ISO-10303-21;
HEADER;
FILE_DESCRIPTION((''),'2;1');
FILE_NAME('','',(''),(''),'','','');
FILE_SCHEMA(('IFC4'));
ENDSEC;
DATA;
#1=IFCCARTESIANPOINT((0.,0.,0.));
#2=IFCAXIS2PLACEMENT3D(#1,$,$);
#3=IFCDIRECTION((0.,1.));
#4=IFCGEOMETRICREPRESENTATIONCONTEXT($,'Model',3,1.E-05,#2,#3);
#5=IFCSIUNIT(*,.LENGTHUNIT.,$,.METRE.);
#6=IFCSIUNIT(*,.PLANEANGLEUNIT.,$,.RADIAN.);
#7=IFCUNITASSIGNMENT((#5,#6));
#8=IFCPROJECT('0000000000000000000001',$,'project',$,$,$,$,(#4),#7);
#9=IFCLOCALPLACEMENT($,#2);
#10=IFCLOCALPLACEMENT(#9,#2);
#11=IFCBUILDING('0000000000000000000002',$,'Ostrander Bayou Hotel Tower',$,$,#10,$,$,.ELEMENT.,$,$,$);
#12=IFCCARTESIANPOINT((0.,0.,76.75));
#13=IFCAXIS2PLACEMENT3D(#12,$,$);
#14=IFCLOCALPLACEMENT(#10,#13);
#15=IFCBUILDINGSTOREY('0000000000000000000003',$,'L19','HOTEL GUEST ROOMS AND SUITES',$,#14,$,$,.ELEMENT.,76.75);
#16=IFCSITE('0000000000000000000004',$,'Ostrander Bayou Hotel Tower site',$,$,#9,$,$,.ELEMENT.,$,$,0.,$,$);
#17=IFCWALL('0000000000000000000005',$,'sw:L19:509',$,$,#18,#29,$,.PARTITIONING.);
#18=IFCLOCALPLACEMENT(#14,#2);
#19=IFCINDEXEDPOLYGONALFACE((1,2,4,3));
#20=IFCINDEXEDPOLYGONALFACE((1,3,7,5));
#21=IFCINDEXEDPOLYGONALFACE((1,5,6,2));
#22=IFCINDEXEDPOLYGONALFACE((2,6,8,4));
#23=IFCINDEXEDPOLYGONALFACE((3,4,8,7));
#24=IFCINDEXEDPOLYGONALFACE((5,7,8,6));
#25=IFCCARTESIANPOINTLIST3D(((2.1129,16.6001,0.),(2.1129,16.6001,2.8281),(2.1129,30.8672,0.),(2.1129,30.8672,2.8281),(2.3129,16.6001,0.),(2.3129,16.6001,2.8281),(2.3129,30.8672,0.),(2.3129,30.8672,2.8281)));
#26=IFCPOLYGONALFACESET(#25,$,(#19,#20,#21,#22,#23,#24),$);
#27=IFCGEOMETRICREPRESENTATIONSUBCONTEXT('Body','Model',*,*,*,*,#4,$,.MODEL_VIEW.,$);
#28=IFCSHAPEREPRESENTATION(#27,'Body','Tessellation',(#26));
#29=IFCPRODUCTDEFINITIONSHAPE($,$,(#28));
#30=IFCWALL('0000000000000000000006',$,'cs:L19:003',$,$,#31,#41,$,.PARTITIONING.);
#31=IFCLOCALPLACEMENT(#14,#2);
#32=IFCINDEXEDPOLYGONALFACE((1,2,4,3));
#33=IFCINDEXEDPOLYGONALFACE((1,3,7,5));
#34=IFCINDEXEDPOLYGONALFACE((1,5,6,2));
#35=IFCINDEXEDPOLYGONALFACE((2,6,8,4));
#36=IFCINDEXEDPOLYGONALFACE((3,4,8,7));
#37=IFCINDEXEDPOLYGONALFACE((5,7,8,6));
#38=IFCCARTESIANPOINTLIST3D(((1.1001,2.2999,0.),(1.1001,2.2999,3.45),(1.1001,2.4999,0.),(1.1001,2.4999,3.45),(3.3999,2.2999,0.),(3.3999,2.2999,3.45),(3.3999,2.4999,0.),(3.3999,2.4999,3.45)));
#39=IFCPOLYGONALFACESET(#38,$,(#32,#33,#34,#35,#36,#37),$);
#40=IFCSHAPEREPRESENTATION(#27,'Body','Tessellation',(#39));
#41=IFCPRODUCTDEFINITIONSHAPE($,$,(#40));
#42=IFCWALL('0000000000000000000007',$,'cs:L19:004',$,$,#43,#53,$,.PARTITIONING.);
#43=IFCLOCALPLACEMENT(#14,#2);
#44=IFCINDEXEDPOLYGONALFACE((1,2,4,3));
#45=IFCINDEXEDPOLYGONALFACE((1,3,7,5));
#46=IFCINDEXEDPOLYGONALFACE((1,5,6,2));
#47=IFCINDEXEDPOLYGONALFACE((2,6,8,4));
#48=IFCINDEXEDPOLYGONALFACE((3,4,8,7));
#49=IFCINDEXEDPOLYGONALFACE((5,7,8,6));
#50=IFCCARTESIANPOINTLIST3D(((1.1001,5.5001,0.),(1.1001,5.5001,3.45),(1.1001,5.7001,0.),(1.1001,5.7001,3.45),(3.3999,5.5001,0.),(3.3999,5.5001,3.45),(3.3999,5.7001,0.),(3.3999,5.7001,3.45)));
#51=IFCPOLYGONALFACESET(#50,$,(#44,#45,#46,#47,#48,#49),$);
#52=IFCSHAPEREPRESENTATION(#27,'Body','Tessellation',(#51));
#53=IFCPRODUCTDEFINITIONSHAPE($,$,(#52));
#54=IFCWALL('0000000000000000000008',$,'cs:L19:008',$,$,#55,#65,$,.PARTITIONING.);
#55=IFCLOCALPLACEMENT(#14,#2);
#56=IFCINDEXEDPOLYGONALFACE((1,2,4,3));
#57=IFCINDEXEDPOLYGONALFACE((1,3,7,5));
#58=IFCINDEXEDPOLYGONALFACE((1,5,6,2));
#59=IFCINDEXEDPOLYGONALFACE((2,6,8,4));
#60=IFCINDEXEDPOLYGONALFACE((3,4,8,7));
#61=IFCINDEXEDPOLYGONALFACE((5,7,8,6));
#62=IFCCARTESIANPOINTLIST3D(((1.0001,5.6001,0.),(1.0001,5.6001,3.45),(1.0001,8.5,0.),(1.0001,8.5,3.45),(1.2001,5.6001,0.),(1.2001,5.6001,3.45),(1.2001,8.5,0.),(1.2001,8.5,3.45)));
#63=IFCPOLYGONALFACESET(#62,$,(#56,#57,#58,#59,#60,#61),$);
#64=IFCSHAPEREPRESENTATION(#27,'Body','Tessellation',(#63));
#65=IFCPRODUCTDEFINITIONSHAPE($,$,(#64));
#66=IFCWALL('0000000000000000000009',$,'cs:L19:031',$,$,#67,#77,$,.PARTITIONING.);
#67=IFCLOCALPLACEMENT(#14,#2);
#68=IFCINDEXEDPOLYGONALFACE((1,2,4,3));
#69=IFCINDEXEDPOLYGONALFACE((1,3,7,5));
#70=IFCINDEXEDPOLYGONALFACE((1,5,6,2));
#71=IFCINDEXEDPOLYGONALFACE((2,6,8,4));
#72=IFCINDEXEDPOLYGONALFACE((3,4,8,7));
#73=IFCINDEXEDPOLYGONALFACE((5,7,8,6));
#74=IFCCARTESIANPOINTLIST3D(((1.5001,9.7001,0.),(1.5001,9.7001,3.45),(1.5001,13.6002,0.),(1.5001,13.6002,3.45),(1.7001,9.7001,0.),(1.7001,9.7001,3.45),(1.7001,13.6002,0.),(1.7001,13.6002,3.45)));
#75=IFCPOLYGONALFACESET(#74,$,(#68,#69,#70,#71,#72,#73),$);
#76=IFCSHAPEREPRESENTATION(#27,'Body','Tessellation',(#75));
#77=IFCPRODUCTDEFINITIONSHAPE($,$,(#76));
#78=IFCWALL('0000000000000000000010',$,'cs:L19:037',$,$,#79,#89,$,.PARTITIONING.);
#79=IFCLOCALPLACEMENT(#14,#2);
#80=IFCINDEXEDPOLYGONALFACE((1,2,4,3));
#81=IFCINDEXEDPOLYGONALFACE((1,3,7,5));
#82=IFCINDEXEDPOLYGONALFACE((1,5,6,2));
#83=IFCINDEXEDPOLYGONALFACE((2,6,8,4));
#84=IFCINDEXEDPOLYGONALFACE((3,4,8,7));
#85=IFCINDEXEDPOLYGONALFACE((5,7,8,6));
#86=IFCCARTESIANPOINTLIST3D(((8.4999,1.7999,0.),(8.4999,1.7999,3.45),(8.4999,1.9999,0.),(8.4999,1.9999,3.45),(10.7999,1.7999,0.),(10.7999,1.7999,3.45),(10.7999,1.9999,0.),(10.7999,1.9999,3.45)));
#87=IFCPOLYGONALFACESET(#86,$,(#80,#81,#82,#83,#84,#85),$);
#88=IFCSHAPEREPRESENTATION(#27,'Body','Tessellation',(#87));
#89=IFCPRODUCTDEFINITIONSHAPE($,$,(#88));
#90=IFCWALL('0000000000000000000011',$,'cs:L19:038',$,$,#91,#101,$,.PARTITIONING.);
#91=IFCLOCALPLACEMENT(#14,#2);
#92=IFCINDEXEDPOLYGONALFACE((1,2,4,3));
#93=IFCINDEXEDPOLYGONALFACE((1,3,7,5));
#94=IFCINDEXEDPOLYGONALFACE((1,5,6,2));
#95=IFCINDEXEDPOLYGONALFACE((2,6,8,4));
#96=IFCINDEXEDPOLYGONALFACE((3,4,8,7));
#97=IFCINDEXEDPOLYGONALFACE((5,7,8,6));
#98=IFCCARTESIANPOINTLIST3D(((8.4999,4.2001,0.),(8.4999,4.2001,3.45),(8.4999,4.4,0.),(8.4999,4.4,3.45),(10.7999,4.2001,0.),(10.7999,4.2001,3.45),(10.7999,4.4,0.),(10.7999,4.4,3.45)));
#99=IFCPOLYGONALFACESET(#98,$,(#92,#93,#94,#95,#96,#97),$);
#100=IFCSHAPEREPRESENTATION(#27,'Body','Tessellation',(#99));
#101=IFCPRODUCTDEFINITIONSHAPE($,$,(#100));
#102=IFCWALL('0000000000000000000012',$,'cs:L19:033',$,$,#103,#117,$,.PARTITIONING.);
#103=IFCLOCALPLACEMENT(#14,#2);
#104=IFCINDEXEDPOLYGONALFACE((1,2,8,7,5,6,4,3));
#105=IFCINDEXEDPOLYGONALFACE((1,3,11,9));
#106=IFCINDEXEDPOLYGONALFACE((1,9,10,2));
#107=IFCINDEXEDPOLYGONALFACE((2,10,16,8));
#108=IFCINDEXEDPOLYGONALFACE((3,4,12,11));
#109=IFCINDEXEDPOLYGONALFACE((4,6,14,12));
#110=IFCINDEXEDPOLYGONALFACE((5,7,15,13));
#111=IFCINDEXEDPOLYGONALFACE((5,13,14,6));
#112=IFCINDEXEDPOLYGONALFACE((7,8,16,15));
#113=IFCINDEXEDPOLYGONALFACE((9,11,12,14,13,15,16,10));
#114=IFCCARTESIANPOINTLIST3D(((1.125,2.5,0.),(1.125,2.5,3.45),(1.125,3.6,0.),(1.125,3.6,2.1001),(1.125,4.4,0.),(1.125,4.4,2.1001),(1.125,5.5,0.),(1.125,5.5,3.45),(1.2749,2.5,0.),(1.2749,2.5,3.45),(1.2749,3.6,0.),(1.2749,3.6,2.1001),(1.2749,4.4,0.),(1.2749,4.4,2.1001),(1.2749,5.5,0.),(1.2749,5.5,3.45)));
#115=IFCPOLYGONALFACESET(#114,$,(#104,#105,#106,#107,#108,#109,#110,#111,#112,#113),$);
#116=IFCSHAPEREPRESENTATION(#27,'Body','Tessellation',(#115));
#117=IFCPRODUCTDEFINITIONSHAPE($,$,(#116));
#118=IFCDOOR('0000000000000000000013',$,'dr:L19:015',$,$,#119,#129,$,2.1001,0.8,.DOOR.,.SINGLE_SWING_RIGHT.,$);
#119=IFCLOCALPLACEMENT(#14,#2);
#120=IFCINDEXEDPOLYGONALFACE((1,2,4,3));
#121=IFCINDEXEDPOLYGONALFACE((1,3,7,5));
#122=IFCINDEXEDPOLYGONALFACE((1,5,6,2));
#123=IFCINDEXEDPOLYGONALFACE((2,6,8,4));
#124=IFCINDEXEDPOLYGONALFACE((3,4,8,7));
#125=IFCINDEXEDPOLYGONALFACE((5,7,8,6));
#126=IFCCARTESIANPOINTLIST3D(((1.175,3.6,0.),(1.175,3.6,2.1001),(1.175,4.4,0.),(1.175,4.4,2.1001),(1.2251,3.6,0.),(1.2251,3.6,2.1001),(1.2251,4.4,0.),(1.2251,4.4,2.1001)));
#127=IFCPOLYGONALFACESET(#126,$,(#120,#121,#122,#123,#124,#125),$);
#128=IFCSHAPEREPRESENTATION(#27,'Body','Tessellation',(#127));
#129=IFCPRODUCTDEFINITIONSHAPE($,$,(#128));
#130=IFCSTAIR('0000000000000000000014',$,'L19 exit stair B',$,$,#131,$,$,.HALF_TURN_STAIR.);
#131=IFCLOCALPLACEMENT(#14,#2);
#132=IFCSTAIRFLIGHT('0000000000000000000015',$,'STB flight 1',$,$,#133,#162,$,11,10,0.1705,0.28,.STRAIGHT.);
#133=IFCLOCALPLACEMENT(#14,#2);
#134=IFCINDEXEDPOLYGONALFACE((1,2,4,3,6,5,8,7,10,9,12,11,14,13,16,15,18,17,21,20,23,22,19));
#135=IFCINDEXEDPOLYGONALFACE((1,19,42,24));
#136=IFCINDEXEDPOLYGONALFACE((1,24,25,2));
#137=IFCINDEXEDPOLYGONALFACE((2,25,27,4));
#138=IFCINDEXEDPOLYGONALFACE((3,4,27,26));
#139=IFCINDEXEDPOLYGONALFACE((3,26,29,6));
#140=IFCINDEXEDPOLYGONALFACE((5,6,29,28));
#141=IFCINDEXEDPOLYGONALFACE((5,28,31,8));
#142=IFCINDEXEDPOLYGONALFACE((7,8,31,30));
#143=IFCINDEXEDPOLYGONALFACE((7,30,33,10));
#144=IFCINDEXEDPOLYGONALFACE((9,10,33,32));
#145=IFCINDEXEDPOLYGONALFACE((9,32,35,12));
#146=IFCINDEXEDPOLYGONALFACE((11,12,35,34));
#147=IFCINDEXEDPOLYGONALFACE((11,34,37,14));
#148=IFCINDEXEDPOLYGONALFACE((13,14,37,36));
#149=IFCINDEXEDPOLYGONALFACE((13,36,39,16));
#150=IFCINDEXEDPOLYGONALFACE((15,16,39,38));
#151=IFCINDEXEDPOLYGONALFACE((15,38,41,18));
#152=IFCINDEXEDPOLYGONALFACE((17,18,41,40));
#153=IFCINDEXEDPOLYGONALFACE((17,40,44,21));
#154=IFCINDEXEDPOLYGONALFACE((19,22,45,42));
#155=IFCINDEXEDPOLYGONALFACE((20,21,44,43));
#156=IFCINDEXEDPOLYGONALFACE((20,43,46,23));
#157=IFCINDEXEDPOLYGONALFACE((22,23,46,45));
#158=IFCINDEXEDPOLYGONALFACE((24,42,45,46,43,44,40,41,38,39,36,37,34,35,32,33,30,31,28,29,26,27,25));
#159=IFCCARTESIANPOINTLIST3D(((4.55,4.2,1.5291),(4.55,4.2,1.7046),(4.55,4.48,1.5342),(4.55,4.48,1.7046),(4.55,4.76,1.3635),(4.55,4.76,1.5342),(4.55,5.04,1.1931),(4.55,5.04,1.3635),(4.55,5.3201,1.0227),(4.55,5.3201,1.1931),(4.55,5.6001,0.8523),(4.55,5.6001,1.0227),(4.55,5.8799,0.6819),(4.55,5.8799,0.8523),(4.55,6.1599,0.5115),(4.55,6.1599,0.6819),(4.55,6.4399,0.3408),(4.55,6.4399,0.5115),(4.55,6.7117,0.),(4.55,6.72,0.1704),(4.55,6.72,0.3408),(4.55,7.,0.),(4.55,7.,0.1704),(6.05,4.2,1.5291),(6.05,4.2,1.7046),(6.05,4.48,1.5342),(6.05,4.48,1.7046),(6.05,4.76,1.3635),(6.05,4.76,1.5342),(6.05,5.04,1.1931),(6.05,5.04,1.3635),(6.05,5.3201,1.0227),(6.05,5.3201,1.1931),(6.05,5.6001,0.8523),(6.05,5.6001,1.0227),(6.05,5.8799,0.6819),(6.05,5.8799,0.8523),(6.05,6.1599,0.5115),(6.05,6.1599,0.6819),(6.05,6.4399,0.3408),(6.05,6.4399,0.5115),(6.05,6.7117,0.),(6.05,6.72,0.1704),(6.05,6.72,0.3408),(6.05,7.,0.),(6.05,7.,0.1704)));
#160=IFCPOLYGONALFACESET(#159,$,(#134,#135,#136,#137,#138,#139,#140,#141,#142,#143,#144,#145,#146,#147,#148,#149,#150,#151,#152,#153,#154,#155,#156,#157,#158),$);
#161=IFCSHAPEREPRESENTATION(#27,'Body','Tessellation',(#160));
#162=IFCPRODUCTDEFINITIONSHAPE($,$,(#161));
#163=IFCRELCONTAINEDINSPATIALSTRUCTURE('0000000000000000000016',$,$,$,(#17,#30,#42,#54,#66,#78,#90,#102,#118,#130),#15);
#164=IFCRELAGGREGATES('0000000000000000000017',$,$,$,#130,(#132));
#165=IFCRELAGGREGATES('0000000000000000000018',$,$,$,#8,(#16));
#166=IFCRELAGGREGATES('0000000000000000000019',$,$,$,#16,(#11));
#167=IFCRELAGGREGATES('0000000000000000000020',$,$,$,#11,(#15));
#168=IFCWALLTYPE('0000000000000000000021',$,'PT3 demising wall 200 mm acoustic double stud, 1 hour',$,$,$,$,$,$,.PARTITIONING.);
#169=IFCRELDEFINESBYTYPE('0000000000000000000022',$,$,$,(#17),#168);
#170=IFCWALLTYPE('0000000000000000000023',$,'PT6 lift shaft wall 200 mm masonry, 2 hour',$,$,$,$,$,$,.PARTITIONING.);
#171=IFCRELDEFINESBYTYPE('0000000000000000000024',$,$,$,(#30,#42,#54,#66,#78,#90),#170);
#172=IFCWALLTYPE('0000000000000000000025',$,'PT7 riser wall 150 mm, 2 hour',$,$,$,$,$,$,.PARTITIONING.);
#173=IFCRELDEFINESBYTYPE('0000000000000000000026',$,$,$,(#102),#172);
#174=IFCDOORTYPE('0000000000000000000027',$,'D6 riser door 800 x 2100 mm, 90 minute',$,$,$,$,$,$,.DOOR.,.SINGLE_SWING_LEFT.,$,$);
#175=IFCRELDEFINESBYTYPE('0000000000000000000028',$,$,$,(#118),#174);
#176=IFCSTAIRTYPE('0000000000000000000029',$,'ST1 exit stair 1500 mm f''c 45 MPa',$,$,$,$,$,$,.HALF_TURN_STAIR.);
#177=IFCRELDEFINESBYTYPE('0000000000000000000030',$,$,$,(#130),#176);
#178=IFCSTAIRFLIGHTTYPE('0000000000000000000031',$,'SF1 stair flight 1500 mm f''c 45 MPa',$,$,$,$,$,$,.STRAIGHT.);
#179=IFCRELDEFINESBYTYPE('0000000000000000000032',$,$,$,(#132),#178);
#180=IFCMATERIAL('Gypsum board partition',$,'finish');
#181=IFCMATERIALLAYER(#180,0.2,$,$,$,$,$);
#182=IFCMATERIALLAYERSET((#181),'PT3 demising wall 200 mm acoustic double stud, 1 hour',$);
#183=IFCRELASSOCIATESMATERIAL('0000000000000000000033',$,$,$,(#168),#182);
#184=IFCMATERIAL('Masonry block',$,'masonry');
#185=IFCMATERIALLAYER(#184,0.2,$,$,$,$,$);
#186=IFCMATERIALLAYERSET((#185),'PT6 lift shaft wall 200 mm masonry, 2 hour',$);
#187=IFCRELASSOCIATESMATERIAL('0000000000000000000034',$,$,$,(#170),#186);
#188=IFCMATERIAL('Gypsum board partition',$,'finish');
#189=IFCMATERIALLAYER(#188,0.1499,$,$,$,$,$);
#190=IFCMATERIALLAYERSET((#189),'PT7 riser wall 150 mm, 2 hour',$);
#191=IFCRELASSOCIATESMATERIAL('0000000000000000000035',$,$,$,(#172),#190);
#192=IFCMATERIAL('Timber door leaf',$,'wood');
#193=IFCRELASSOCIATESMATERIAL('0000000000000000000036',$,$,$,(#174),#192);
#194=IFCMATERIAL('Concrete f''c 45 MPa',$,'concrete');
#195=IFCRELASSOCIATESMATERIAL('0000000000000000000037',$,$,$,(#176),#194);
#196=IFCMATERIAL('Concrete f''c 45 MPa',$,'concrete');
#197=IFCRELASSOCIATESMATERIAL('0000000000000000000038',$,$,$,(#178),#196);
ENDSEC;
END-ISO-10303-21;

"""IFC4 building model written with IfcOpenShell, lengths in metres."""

from ifc_helpers import new_model, si_unit, direction, frame, frame_2d, origin, place, context, subcontext, project, spatial, polyline, rectangle, outline, extrude, material, layer, layer_set, type_object, element, fill, aggregate, save


model = new_model("IFC4")

# Units and contexts
model_context = context("Model", 3, precision=1e-05, world=origin(), true_north=direction((0.0, 1.0)))
body_context = subcontext(model_context, "Body", "Model", "MODEL_VIEW")
ifc_project = project(units=[si_unit("LENGTHUNIT", "METRE"), si_unit("PLANEANGLEUNIT", "RADIAN")], contexts=[model_context])

# Site, building, storey
site_placement = place(None, origin())
site = spatial("IfcSite", under=ifc_project, at=site_placement, Name="Ostrander Bayou Hotel Tower site", CompositionType="ELEMENT", RefElevation=0.0)
building_placement = place(site_placement, origin())
building = spatial("IfcBuilding", under=site, at=building_placement, Name="Ostrander Bayou Hotel Tower", CompositionType="ELEMENT")
storey_placement = place(building_placement, frame((0.0, 0.0, 76.75)))
storey = spatial("IfcBuildingStorey", under=building, at=storey_placement, Name="L19", Description="HOTEL GUEST ROOMS AND SUITES", CompositionType="ELEMENT", Elevation=76.75)

# Wall
ifc_material_1 = material(Name="Gypsum board partition", Category="finish")
ifc_layer_1 = layer(ifc_material_1, 0.2)
ifc_layer_set_1 = layer_set([ifc_layer_1], Name="PT3 demising wall 200 mm acoustic double stud, 1 hour")
wall_type_1 = type_object("IfcWallType", Name="PT3 demising wall 200 mm acoustic double stud, 1 hour", PredefinedType="PARTITIONING", material=ifc_layer_set_1)
wall_1_placement = place(storey_placement, frame((2.2129, 16.6001, 0.0), z_axis=(0.0, 0.0, 1.0), x_axis=(0.0, 1.0, 0.0)))
element("IfcWall", 1, at=wall_1_placement, inside=storey, type_object=wall_type_1, Name="sw:L19:509", PredefinedType="PARTITIONING", context=body_context, shape_type="SweptSolid", body=[
    extrude(rectangle(XDim=14.2671, YDim=0.2, at=frame_2d((7.1335, 0.0))), origin(), (0.0, 0.0, 1.0), 2.8281),
])

# Walls
ifc_material_2 = material(Name="Masonry block", Category="masonry")
ifc_layer_2 = layer(ifc_material_2, 0.2)
ifc_layer_set_2 = layer_set([ifc_layer_2], Name="PT6 lift shaft wall 200 mm masonry, 2 hour")
wall_type_2 = type_object("IfcWallType", Name="PT6 lift shaft wall 200 mm masonry, 2 hour", PredefinedType="PARTITIONING", material=ifc_layer_set_2)
for number, where, z_axis, x_axis, name in (
    (2, (1.1001, 2.3999, 0.0), (0.0, 0.0, 1.0), (1.0, 0.0, 0.0), "cs:L19:003"),
    (3, (1.1001, 5.6001, 0.0), (0.0, 0.0, 1.0), (1.0, 0.0, 0.0), "cs:L19:004"),
):
    element("IfcWall", number, at=place(storey_placement, frame(where, z_axis=z_axis, x_axis=x_axis)), inside=storey, type_object=wall_type_2, Name=name, PredefinedType="PARTITIONING", context=body_context, shape_type="SweptSolid", body=[
        extrude(rectangle(XDim=2.2998, YDim=0.2, at=frame_2d((1.1499, 0.0))), origin(), (0.0, 0.0, 1.0), 3.45),
    ])
wall_2_placement = place(storey_placement, frame((1.1001, 5.6001, 0.0), z_axis=(0.0, 0.0, 1.0), x_axis=(0.0, 1.0, 0.0)))
element("IfcWall", 4, at=wall_2_placement, inside=storey, type_object=wall_type_2, Name="cs:L19:008", PredefinedType="PARTITIONING", context=body_context, shape_type="SweptSolid", body=[
    extrude(rectangle(XDim=2.8999, YDim=0.2, at=frame_2d((1.45, 0.0))), origin(), (0.0, 0.0, 1.0), 3.45),
])
wall_3_placement = place(storey_placement, frame((1.6001, 9.7, 0.0), z_axis=(0.0, 0.0, 1.0), x_axis=(0.0, 1.0, 0.0)))
element("IfcWall", 5, at=wall_3_placement, inside=storey, type_object=wall_type_2, Name="cs:L19:031", PredefinedType="PARTITIONING", context=body_context, shape_type="SweptSolid", body=[
    extrude(rectangle(XDim=3.9001, YDim=0.2, at=frame_2d((1.9502, 0.0))), origin(), (0.0, 0.0, 1.0), 3.45),
])
for number, where, z_axis, x_axis, name in (
    (6, (8.5, 1.8999, 0.0), (0.0, 0.0, 1.0), (1.0, 0.0, 0.0), "cs:L19:037"),
    (7, (8.5, 4.3, 0.0), (0.0, 0.0, 1.0), (1.0, 0.0, 0.0), "cs:L19:038"),
):
    element("IfcWall", number, at=place(storey_placement, frame(where, z_axis=z_axis, x_axis=x_axis)), inside=storey, type_object=wall_type_2, Name=name, PredefinedType="PARTITIONING", context=body_context, shape_type="SweptSolid", body=[
        extrude(rectangle(XDim=2.3, YDim=0.2, at=frame_2d((1.1499, 0.0))), origin(), (0.0, 0.0, 1.0), 3.45),
    ])

# Wall, opening, door
ifc_material_3 = material(Name="Gypsum board partition", Category="finish")
ifc_layer_3 = layer(ifc_material_3, 0.1499)
ifc_layer_set_3 = layer_set([ifc_layer_3], Name="PT7 riser wall 150 mm, 2 hour")
wall_type_3 = type_object("IfcWallType", Name="PT7 riser wall 150 mm, 2 hour", PredefinedType="PARTITIONING", material=ifc_layer_set_3)
wall_4_placement = place(storey_placement, frame((1.2, 2.5, 0.0), z_axis=(0.0, 0.0, 1.0), x_axis=(0.0, 1.0, 0.0)))
wall_4 = element("IfcWall", 8, at=wall_4_placement, inside=storey, type_object=wall_type_3, Name="cs:L19:033", PredefinedType="PARTITIONING", context=body_context, shape_type="SweptSolid", body=[
    extrude(rectangle(XDim=3.0, YDim=0.1499, at=frame_2d((1.5, 0.0))), origin(), (0.0, 0.0, 1.0), 3.45),
])
opening_1_placement = place(wall_4_placement, frame((1.1001, 0.0, 0.0)))
opening_1 = element("IfcOpeningElement", 9, at=opening_1_placement, cuts=wall_4, PredefinedType="OPENING", context=body_context, shape_type="SweptSolid", body=[
    extrude(rectangle(XDim=0.8, YDim=2.1001, at=frame_2d((0.3999, 1.05))), frame((0.0, 0.075, 0.0), z_axis=(0.0, -1.0, 0.0), x_axis=(1.0, 0.0, 0.0)), (0.0, 0.0, 1.0), 0.1499),
])
ifc_material_4 = material(Name="Timber door leaf", Category="wood")
door_type_1 = type_object("IfcDoorType", Name="D6 riser door 800 x 2100 mm, 90 minute", OperationType="SINGLE_SWING_LEFT", PredefinedType="DOOR", material=ifc_material_4)
door_1_placement = place(opening_1_placement, origin())
door_1 = element("IfcDoor", 10, at=door_1_placement, inside=storey, type_object=door_type_1, Name="dr:L19:015", OperationType="SINGLE_SWING_RIGHT", OverallHeight=2.1001, OverallWidth=0.8, PredefinedType="DOOR", context=body_context, shape_type="SweptSolid", body=[
    extrude(rectangle(XDim=0.8, YDim=2.1001, at=frame_2d((0.3999, 1.05))), frame((0.0, 0.0249, 0.0), z_axis=(0.0, -1.0, 0.0), x_axis=(1.0, 0.0, 0.0)), (0.0, 0.0, 1.0), 0.05),
])
fill(opening_1, door_1)

# Stair, stair flight
ifc_material_5 = material(Name="Concrete f'c 45 MPa", Category="concrete")
stair_type = type_object("IfcStairType", Name="ST1 exit stair 1500 mm f'c 45 MPa", PredefinedType="HALF_TURN_STAIR", material=ifc_material_5)
stair_placement = place(storey_placement, origin())
stair = element("IfcStair", 11, at=stair_placement, inside=storey, type_object=stair_type, Name="L19 exit stair B", PredefinedType="HALF_TURN_STAIR")
ifc_material_6 = material(Name="Concrete f'c 45 MPa", Category="concrete")
stair_flight_type = type_object("IfcStairFlightType", Name="SF1 stair flight 1500 mm f'c 45 MPa", PredefinedType="STRAIGHT", material=ifc_material_6)
stair_flight_1_placement = place(storey_placement, frame((5.3, 7.0, 0.0), z_axis=(0.0, 0.0, 1.0), x_axis=(0.0, -1.0, 0.0)))
stair_flight_1 = element("IfcStairFlight", 12, at=stair_flight_1_placement, type_object=stair_flight_type, Name="STB flight 1", NumberOfRisers=11, NumberOfTreads=10, PredefinedType="STRAIGHT", RiserHeight=0.1705, TreadLength=0.28, context=body_context, shape_type="SweptSolid", body=[
    extrude(outline(polyline([(0.0, 0.0), (0.0, 0.1704), (0.28, 0.1704), (0.28, 0.3408), (0.5601, 0.3408), (0.5601, 0.5115), (0.8401, 0.5115), (0.8401, 0.6819), (1.1201, 0.6819), (1.1201, 0.8523), (1.3999, 0.8523), (1.3999, 1.0227), (1.6799, 1.0227), (1.6799, 1.1931), (1.96, 1.1931), (1.96, 1.3635), (2.24, 1.3635), (2.24, 1.5342), (2.52, 1.5342), (2.52, 1.7046), (2.8, 1.7046), (2.8, 1.875), (2.8, 1.5291), (0.2883, 0.0), (0.0, 0.0)])), frame((0.0, 0.75, 0.0), z_axis=(0.0, -1.0, 0.0), x_axis=(1.0, 0.0, 0.0)), (0.0, 0.0, 1.0), 1.5),
])
aggregate(stair, [stair_flight_1])

save(model, "model.ifc")
